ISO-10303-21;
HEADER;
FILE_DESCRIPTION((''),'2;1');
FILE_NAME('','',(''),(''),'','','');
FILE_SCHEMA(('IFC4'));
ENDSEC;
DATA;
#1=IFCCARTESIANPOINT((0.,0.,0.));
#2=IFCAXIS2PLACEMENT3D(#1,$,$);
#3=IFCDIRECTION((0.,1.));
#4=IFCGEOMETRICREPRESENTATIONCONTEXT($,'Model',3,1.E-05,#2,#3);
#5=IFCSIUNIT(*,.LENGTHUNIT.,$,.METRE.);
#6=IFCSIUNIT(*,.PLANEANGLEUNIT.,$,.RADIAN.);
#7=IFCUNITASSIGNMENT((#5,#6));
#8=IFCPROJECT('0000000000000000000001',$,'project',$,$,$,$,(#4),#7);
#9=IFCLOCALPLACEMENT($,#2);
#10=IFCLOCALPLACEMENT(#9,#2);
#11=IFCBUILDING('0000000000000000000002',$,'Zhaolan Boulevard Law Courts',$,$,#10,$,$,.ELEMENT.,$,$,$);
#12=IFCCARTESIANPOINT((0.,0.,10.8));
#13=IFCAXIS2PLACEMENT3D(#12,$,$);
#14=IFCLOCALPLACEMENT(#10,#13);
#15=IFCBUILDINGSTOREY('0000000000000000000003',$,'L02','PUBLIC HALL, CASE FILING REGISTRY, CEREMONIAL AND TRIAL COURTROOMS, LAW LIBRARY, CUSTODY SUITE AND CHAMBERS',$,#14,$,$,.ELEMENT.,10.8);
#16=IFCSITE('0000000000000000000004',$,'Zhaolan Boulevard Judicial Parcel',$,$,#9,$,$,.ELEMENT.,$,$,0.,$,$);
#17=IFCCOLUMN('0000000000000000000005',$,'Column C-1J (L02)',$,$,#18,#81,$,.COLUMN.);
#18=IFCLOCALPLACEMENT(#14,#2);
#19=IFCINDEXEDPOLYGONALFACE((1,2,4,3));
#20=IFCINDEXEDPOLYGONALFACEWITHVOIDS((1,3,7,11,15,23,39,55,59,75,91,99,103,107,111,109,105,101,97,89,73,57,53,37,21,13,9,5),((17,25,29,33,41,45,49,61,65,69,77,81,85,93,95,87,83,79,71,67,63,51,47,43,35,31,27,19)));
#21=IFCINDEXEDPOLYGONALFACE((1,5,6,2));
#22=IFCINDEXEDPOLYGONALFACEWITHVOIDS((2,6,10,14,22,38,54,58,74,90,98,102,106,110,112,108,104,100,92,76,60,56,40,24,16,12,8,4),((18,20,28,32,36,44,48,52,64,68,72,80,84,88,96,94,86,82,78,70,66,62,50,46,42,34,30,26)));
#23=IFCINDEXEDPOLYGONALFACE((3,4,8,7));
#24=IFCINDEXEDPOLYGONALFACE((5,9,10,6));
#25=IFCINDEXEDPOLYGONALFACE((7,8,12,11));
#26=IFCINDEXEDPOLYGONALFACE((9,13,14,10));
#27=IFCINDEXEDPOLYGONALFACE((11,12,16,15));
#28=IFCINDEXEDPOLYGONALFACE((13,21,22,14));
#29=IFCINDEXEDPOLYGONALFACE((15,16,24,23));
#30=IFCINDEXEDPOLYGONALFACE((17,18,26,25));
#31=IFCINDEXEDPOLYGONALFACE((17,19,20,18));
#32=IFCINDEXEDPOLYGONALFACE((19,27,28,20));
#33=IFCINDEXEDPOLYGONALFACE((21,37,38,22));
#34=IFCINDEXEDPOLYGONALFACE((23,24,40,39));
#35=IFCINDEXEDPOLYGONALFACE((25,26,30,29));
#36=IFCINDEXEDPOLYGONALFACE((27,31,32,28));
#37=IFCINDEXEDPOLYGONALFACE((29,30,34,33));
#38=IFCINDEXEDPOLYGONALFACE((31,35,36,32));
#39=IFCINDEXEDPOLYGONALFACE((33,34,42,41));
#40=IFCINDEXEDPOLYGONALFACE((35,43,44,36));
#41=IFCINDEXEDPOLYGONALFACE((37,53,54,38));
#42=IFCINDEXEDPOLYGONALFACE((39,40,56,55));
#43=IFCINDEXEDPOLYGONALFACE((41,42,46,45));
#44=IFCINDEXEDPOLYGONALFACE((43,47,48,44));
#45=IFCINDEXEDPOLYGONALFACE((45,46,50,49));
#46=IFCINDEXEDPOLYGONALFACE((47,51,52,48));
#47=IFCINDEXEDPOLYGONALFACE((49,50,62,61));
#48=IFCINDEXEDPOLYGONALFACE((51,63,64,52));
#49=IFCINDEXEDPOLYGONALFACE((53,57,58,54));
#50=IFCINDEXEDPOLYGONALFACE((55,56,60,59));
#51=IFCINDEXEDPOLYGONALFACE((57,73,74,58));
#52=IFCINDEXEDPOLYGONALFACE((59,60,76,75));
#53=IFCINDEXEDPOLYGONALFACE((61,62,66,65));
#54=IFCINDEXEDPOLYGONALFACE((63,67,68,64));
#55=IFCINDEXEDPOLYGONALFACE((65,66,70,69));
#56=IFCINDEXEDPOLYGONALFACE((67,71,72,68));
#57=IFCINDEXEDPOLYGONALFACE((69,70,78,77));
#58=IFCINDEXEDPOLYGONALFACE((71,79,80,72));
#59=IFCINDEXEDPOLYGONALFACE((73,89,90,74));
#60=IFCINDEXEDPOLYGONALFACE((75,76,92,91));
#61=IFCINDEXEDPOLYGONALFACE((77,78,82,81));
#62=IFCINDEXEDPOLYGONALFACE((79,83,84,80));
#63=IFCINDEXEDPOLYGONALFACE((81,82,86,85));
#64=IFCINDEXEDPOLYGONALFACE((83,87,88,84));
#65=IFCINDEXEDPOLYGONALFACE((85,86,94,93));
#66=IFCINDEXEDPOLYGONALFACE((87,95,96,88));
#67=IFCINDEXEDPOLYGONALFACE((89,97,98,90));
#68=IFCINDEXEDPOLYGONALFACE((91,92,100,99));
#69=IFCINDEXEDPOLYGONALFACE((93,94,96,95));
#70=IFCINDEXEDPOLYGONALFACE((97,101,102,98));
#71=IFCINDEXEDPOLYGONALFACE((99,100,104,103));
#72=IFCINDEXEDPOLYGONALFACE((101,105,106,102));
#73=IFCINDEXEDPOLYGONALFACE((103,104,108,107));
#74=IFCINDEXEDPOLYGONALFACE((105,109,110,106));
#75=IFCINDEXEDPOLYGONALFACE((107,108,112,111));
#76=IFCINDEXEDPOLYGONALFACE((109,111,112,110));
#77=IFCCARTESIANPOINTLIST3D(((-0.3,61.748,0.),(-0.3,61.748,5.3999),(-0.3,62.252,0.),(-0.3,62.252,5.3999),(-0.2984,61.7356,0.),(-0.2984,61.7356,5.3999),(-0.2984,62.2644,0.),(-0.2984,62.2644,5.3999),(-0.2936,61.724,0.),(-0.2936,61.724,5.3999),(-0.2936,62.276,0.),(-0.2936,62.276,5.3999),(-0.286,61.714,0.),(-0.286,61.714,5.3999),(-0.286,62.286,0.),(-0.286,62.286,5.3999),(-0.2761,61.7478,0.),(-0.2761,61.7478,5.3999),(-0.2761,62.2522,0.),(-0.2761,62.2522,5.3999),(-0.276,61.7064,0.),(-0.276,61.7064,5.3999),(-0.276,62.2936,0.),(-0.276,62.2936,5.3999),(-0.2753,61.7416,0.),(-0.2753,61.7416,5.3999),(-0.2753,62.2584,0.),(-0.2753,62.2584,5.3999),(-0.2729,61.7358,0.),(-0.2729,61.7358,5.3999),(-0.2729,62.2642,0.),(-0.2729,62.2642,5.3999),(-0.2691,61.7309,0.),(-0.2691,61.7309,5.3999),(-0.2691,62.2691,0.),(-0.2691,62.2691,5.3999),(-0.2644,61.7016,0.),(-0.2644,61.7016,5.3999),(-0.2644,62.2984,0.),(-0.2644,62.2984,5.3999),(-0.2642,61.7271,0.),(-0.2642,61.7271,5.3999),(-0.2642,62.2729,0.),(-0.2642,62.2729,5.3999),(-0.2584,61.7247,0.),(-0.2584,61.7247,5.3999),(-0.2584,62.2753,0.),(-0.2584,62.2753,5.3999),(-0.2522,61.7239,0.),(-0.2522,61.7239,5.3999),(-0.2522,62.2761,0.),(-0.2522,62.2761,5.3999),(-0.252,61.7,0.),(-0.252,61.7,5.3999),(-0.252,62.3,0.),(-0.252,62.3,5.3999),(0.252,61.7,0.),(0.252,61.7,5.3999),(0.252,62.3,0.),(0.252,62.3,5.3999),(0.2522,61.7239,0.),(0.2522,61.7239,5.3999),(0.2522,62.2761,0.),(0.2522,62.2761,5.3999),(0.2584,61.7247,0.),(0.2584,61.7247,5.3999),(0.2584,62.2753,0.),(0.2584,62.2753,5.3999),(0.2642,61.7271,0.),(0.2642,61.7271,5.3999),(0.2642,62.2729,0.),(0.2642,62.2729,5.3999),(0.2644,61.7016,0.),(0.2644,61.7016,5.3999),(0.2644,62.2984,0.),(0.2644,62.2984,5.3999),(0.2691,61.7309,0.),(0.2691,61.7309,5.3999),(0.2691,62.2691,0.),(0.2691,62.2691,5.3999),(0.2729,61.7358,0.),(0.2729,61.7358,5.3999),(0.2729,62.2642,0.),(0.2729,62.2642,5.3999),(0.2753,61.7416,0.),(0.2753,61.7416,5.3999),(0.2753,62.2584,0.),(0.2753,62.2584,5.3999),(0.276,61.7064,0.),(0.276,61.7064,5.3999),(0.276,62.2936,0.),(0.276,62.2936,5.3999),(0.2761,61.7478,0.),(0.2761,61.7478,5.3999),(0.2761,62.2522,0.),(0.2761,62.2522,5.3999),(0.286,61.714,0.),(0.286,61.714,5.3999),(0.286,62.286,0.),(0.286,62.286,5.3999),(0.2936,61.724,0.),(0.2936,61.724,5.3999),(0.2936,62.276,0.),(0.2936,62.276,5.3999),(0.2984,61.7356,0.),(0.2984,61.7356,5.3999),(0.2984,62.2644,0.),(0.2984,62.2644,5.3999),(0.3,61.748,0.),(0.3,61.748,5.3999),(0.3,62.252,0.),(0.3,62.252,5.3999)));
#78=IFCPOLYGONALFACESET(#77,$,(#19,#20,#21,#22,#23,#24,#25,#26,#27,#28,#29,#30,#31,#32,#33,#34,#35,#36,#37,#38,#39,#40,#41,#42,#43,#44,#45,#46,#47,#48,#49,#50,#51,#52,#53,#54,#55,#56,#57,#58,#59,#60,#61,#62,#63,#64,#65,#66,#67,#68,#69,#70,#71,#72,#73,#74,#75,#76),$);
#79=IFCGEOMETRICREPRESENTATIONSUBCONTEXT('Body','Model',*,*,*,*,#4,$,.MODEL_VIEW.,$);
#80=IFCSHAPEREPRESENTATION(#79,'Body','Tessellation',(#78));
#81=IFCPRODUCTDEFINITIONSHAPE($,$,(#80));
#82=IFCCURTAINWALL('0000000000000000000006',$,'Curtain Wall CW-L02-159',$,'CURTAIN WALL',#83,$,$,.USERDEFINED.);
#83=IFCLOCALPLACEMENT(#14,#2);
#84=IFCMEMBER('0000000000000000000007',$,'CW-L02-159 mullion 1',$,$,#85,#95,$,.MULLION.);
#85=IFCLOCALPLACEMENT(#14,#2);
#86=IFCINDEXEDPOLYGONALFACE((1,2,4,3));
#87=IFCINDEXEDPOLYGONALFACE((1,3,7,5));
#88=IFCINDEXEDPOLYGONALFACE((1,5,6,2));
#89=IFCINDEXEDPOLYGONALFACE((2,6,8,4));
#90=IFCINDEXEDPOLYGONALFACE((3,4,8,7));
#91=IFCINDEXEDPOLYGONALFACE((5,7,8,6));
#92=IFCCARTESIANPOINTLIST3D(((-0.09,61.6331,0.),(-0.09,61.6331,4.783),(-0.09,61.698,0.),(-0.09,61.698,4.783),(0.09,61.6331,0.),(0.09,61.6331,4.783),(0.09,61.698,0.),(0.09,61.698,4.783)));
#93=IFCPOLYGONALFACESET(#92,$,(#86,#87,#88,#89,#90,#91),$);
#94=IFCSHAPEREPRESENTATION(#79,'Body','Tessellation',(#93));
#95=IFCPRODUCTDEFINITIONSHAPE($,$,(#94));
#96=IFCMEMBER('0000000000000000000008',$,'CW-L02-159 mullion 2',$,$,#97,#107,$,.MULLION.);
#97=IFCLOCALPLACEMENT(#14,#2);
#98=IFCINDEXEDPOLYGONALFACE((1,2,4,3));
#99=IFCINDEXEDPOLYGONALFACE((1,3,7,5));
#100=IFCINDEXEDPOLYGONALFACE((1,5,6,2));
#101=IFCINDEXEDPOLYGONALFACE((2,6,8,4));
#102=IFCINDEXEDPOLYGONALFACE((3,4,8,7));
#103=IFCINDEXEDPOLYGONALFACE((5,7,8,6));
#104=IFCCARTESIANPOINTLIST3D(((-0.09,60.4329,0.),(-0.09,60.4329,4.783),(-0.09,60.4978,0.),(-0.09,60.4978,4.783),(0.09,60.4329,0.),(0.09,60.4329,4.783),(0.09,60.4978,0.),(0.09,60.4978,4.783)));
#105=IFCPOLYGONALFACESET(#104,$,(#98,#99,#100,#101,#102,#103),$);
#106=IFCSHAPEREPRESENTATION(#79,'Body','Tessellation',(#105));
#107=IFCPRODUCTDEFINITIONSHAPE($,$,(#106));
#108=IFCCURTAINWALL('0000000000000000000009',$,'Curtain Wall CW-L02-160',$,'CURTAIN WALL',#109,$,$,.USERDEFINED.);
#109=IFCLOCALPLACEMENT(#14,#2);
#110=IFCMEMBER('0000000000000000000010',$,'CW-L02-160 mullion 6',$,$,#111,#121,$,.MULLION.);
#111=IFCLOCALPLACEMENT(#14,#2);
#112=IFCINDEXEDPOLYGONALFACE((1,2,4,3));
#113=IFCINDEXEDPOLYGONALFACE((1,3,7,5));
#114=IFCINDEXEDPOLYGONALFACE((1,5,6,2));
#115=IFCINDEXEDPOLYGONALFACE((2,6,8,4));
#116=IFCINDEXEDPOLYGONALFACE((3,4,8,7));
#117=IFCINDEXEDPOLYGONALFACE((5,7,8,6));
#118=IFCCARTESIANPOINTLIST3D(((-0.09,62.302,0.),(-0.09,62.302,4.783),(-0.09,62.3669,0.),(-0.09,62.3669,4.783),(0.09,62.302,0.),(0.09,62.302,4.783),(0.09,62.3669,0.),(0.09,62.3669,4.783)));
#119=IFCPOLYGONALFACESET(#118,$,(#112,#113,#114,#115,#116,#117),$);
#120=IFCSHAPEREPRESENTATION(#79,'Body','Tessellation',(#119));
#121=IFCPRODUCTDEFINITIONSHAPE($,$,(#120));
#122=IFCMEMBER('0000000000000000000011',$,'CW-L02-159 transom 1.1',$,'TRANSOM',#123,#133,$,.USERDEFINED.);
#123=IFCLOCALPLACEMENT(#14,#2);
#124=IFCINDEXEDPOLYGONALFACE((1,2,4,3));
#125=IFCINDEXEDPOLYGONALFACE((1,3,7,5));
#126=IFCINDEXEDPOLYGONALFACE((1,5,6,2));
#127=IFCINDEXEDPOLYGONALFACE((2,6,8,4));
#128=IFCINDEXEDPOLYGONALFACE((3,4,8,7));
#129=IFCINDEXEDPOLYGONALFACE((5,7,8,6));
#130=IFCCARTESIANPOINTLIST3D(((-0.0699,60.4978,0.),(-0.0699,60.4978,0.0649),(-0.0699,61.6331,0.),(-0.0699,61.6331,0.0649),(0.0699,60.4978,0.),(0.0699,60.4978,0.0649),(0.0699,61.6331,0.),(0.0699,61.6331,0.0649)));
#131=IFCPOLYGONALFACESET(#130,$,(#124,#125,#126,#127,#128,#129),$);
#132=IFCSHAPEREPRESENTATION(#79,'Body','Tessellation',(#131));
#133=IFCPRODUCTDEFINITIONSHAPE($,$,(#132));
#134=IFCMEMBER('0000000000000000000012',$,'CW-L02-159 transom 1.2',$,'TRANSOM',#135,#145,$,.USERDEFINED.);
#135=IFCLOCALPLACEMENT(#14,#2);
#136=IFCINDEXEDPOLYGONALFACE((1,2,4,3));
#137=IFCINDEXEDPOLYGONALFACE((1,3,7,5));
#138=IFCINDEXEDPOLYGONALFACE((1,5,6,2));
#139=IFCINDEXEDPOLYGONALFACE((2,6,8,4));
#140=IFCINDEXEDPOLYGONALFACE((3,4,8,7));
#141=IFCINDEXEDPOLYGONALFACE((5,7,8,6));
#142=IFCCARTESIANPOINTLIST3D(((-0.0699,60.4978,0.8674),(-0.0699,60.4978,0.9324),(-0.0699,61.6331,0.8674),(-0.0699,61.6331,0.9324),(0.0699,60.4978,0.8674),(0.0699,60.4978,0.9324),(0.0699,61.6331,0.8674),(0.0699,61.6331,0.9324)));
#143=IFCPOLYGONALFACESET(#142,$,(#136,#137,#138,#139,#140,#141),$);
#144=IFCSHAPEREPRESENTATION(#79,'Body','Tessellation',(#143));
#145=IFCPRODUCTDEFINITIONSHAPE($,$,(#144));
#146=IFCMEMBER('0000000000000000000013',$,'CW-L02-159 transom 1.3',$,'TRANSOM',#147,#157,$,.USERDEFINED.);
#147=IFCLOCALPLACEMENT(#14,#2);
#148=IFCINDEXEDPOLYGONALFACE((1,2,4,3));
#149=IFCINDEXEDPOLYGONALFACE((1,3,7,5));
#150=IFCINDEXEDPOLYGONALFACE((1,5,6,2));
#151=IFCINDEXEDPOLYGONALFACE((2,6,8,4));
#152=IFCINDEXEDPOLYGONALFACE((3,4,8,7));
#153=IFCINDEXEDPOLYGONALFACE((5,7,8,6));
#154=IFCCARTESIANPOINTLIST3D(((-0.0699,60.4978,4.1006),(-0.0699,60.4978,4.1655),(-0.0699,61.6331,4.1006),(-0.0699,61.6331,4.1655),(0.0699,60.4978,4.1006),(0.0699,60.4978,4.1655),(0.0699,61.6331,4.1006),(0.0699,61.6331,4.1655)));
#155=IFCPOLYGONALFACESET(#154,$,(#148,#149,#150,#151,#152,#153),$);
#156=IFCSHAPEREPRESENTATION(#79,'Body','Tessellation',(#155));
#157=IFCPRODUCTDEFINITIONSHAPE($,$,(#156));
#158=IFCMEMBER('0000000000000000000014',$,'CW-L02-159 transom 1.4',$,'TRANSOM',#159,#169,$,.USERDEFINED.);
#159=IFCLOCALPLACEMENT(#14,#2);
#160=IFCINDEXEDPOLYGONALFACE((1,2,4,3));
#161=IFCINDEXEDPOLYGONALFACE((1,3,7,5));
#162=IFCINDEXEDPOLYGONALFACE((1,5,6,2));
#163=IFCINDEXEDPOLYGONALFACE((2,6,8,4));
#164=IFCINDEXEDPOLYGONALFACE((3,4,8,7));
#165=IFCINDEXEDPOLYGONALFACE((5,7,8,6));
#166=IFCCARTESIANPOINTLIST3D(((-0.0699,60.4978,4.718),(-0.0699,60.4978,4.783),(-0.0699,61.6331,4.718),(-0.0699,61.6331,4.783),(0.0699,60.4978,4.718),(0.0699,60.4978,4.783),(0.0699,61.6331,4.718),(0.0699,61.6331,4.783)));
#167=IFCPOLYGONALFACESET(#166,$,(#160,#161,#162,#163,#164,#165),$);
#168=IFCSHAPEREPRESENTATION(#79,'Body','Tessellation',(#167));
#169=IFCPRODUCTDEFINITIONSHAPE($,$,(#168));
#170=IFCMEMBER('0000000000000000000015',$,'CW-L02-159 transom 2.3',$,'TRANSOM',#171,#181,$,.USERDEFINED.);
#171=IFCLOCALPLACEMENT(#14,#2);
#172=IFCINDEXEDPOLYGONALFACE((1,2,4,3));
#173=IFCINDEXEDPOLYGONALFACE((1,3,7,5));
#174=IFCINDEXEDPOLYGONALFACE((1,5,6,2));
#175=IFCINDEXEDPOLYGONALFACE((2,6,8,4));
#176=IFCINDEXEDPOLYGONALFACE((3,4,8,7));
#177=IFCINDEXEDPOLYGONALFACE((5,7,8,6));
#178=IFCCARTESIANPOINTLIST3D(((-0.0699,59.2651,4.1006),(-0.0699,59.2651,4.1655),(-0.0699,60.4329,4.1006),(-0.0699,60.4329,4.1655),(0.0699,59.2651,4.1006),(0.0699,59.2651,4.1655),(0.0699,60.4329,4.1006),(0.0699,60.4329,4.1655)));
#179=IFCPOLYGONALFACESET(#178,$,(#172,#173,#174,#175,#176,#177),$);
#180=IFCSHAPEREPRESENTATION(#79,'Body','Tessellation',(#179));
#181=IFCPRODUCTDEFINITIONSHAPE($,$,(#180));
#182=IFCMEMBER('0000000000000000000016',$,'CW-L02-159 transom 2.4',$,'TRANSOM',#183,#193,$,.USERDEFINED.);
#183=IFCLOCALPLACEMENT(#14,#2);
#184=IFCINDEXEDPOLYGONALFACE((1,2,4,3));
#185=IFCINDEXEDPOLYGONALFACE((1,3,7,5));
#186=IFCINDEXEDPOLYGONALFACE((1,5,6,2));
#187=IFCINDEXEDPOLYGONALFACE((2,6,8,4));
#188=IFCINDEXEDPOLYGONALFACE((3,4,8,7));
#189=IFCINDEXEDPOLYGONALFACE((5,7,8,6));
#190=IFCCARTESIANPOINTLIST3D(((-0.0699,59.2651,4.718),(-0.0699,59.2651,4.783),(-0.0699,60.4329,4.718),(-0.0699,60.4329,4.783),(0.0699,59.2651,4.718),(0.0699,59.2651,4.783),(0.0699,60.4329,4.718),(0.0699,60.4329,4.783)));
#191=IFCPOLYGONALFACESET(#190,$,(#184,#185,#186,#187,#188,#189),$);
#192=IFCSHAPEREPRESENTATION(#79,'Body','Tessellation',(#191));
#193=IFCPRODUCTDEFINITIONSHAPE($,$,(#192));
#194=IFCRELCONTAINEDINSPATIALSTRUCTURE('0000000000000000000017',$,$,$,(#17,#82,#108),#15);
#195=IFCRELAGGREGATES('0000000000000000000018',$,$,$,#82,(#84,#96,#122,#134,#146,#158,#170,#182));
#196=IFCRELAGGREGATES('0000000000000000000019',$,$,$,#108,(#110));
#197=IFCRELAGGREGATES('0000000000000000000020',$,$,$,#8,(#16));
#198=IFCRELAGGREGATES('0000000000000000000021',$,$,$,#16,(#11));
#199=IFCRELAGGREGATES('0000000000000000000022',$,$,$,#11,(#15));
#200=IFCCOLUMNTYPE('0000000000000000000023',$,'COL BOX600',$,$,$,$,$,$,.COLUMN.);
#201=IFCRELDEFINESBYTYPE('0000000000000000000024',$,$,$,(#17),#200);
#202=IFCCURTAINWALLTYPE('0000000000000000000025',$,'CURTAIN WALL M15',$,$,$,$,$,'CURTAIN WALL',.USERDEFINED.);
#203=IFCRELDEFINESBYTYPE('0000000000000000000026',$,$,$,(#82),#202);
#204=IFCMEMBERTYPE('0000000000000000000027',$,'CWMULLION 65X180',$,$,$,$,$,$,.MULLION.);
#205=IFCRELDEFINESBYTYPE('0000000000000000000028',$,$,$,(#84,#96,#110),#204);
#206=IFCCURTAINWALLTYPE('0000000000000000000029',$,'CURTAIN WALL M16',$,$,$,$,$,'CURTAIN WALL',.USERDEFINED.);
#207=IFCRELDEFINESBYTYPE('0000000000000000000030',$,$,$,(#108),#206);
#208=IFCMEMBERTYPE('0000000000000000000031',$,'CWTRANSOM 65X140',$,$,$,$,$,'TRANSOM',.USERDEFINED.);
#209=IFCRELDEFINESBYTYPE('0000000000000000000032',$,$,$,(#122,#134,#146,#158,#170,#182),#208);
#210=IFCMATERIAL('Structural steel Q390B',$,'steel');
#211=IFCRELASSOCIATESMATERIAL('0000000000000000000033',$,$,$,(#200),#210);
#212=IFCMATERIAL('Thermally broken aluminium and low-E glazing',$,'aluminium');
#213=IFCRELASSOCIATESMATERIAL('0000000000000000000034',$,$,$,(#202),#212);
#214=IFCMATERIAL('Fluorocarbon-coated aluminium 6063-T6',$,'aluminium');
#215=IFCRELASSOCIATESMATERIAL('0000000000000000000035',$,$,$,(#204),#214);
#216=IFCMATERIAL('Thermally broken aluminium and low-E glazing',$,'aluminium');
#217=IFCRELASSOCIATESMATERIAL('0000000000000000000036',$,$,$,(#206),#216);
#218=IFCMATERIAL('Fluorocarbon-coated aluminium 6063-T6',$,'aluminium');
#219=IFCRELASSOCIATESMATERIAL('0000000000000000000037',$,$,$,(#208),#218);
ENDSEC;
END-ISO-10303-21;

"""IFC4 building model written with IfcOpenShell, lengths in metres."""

from ifc_helpers import new_model, si_unit, direction, frame, origin, origin_2d, place, context, subcontext, project, spatial, rectangle, hollow_rectangle, extrude, material, material_profile, profile_set, type_object, element, aggregate, save


model = new_model("IFC4")

# Units and contexts
model_context = context("Model", 3, precision=1e-05, world=origin(), true_north=direction((0.0, 1.0)))
body_context = subcontext(model_context, "Body", "Model", "MODEL_VIEW")
ifc_project = project(units=[si_unit("LENGTHUNIT", "METRE"), si_unit("PLANEANGLEUNIT", "RADIAN")], contexts=[model_context])

# Site, building, storey
site_placement = place(None, origin())
site = spatial("IfcSite", under=ifc_project, at=site_placement, Name="Zhaolan Boulevard Judicial Parcel", CompositionType="ELEMENT", RefElevation=0.0)
building_placement = place(site_placement, origin())
building = spatial("IfcBuilding", under=site, at=building_placement, Name="Zhaolan Boulevard Law Courts", CompositionType="ELEMENT")
storey_placement = place(building_placement, frame((0.0, 0.0, 10.8)))
storey = spatial("IfcBuildingStorey", under=building, at=storey_placement, Name="L02", Description="PUBLIC HALL, CASE FILING REGISTRY, CEREMONIAL AND TRIAL COURTROOMS, LAW LIBRARY, CUSTODY SUITE AND CHAMBERS", CompositionType="ELEMENT", Elevation=10.8)

# Column
ifc_material_1 = material(Name="Structural steel Q390B", Category="steel")
ifc_material_profile_1 = material_profile(ifc_material_1, hollow_rectangle(XDim=0.6001, YDim=0.6001, WallThickness=0.0239, InnerFilletRadius=0.0239, OuterFilletRadius=0.0481, at=origin_2d()), Name="BOX600x600x24")
ifc_profile_set_1 = profile_set([ifc_material_profile_1], Name="Structural steel Q390B")
column_type = type_object("IfcColumnType", Name="COL BOX600", PredefinedType="COLUMN", material=ifc_profile_set_1)
column_placement = place(storey_placement, frame((0.0, 62.0, 0.0), z_axis=(0.0, 0.0, 1.0), x_axis=(1.0, 0.0, 0.0)))
element("IfcColumn", 1, at=column_placement, inside=storey, type_object=column_type, Name="Column C-1J (L02)", PredefinedType="COLUMN", context=body_context, shape_type="SweptSolid", body=[
    extrude(hollow_rectangle(XDim=0.6001, YDim=0.6001, WallThickness=0.0239, InnerFilletRadius=0.0239, OuterFilletRadius=0.0481, at=origin_2d()), origin(), (0.0, 0.0, 1.0), 5.3999),
])

# Curtain wall, members
ifc_material_2 = material(Name="Thermally broken aluminium and low-E glazing", Category="aluminium")
curtain_wall_type_1 = type_object("IfcCurtainWallType", Name="CURTAIN WALL M15", ElementType="CURTAIN WALL", PredefinedType="USERDEFINED", material=ifc_material_2)
curtain_wall_1_placement = place(storey_placement, origin())
curtain_wall_1 = element("IfcCurtainWall", 2, at=curtain_wall_1_placement, inside=storey, type_object=curtain_wall_type_1, Name="Curtain Wall CW-L02-159", ObjectType="CURTAIN WALL", PredefinedType="USERDEFINED")
ifc_material_3 = material(Name="Fluorocarbon-coated aluminium 6063-T6", Category="aluminium")
ifc_material_profile_2 = material_profile(ifc_material_3, rectangle(XDim=0.1799, YDim=0.0649, at=origin_2d()), Name="AL65x180")
ifc_profile_set_2 = profile_set([ifc_material_profile_2], Name="Fluorocarbon-coated aluminium 6063-T6")
member_type_1 = type_object("IfcMemberType", Name="CWMULLION 65X180", PredefinedType="MULLION", material=ifc_profile_set_2)
member_1_placement = place(storey_placement, frame((0.0, 61.6655, 0.0), z_axis=(0.0, 0.0, 1.0), x_axis=(1.0, 0.0, 0.0)))
member_1 = element("IfcMember", 3, at=member_1_placement, type_object=member_type_1, Name="CW-L02-159 mullion 1", PredefinedType="MULLION", context=body_context, shape_type="SweptSolid", body=[
    extrude(rectangle(XDim=0.1799, YDim=0.0649, at=origin_2d()), origin(), (0.0, 0.0, 1.0), 4.783),
])
member_2_placement = place(storey_placement, frame((0.0, 60.4653, 0.0), z_axis=(0.0, 0.0, 1.0), x_axis=(1.0, 0.0, 0.0)))
member_2 = element("IfcMember", 4, at=member_2_placement, type_object=member_type_1, Name="CW-L02-159 mullion 2", PredefinedType="MULLION", context=body_context, shape_type="SweptSolid", body=[
    extrude(rectangle(XDim=0.1799, YDim=0.0649, at=origin_2d()), origin(), (0.0, 0.0, 1.0), 4.783),
])

# Curtain wall, member
ifc_material_4 = material(Name="Thermally broken aluminium and low-E glazing", Category="aluminium")
curtain_wall_type_2 = type_object("IfcCurtainWallType", Name="CURTAIN WALL M16", ElementType="CURTAIN WALL", PredefinedType="USERDEFINED", material=ifc_material_4)
curtain_wall_2_placement = place(storey_placement, origin())
curtain_wall_2 = element("IfcCurtainWall", 5, at=curtain_wall_2_placement, inside=storey, type_object=curtain_wall_type_2, Name="Curtain Wall CW-L02-160", ObjectType="CURTAIN WALL", PredefinedType="USERDEFINED")
member_3_placement = place(storey_placement, frame((0.0, 62.3345, 0.0), z_axis=(0.0, 0.0, 1.0), x_axis=(1.0, 0.0, 0.0)))
member_3 = element("IfcMember", 6, at=member_3_placement, type_object=member_type_1, Name="CW-L02-160 mullion 6", PredefinedType="MULLION", context=body_context, shape_type="SweptSolid", body=[
    extrude(rectangle(XDim=0.1799, YDim=0.0649, at=origin_2d()), origin(), (0.0, 0.0, 1.0), 4.783),
])

# Members
ifc_material_5 = material(Name="Fluorocarbon-coated aluminium 6063-T6", Category="aluminium")
ifc_material_profile_3 = material_profile(ifc_material_5, rectangle(XDim=0.1399, YDim=0.0649, at=origin_2d()), Name="AL65x140")
ifc_profile_set_3 = profile_set([ifc_material_profile_3], Name="Fluorocarbon-coated aluminium 6063-T6")
member_type_2 = type_object("IfcMemberType", Name="CWTRANSOM 65X140", ElementType="TRANSOM", PredefinedType="USERDEFINED", material=ifc_profile_set_3)
member_4_placement = place(storey_placement, frame((0.0, 61.6331, 0.0325), z_axis=(0.0, -1.0, 0.0), x_axis=(1.0, 0.0, 0.0)))
member_4 = element("IfcMember", 7, at=member_4_placement, type_object=member_type_2, Name="CW-L02-159 transom 1.1", ObjectType="TRANSOM", PredefinedType="USERDEFINED", context=body_context, shape_type="SweptSolid", body=[
    extrude(rectangle(XDim=0.1399, YDim=0.0649, at=origin_2d()), origin(), (0.0, 0.0, 1.0), 1.1353),
])
member_5_placement = place(storey_placement, frame((0.0, 61.6331, 0.8999), z_axis=(0.0, -1.0, 0.0), x_axis=(1.0, 0.0, 0.0)))
member_5 = element("IfcMember", 8, at=member_5_placement, type_object=member_type_2, Name="CW-L02-159 transom 1.2", ObjectType="TRANSOM", PredefinedType="USERDEFINED", context=body_context, shape_type="SweptSolid", body=[
    extrude(rectangle(XDim=0.1399, YDim=0.0649, at=origin_2d()), origin(), (0.0, 0.0, 1.0), 1.1353),
])
member_6_placement = place(storey_placement, frame((0.0, 61.6331, 4.1331), z_axis=(0.0, -1.0, 0.0), x_axis=(1.0, 0.0, 0.0)))
member_6 = element("IfcMember", 9, at=member_6_placement, type_object=member_type_2, Name="CW-L02-159 transom 1.3", ObjectType="TRANSOM", PredefinedType="USERDEFINED", context=body_context, shape_type="SweptSolid", body=[
    extrude(rectangle(XDim=0.1399, YDim=0.0649, at=origin_2d()), origin(), (0.0, 0.0, 1.0), 1.1353),
])
member_7_placement = place(storey_placement, frame((0.0, 61.6331, 4.7505), z_axis=(0.0, -1.0, 0.0), x_axis=(1.0, 0.0, 0.0)))
member_7 = element("IfcMember", 10, at=member_7_placement, type_object=member_type_2, Name="CW-L02-159 transom 1.4", ObjectType="TRANSOM", PredefinedType="USERDEFINED", context=body_context, shape_type="SweptSolid", body=[
    extrude(rectangle(XDim=0.1399, YDim=0.0649, at=origin_2d()), origin(), (0.0, 0.0, 1.0), 1.1353),
])
member_8_placement = place(storey_placement, frame((0.0, 60.4329, 4.1331), z_axis=(0.0, -1.0, 0.0), x_axis=(1.0, 0.0, 0.0)))
member_8 = element("IfcMember", 11, at=member_8_placement, type_object=member_type_2, Name="CW-L02-159 transom 2.3", ObjectType="TRANSOM", PredefinedType="USERDEFINED", context=body_context, shape_type="SweptSolid", body=[
    extrude(rectangle(XDim=0.1399, YDim=0.0649, at=origin_2d()), origin(), (0.0, 0.0, 1.0), 1.1677),
])
member_9_placement = place(storey_placement, frame((0.0, 60.4329, 4.7505), z_axis=(0.0, -1.0, 0.0), x_axis=(1.0, 0.0, 0.0)))
member_9 = element("IfcMember", 12, at=member_9_placement, type_object=member_type_2, Name="CW-L02-159 transom 2.4", ObjectType="TRANSOM", PredefinedType="USERDEFINED", context=body_context, shape_type="SweptSolid", body=[
    extrude(rectangle(XDim=0.1399, YDim=0.0649, at=origin_2d()), origin(), (0.0, 0.0, 1.0), 1.1677),
])

aggregate(curtain_wall_1, [member_1, member_2, member_4, member_5, member_6, member_7, member_8, member_9])
aggregate(curtain_wall_2, [member_3])

save(model, "model.ifc")
